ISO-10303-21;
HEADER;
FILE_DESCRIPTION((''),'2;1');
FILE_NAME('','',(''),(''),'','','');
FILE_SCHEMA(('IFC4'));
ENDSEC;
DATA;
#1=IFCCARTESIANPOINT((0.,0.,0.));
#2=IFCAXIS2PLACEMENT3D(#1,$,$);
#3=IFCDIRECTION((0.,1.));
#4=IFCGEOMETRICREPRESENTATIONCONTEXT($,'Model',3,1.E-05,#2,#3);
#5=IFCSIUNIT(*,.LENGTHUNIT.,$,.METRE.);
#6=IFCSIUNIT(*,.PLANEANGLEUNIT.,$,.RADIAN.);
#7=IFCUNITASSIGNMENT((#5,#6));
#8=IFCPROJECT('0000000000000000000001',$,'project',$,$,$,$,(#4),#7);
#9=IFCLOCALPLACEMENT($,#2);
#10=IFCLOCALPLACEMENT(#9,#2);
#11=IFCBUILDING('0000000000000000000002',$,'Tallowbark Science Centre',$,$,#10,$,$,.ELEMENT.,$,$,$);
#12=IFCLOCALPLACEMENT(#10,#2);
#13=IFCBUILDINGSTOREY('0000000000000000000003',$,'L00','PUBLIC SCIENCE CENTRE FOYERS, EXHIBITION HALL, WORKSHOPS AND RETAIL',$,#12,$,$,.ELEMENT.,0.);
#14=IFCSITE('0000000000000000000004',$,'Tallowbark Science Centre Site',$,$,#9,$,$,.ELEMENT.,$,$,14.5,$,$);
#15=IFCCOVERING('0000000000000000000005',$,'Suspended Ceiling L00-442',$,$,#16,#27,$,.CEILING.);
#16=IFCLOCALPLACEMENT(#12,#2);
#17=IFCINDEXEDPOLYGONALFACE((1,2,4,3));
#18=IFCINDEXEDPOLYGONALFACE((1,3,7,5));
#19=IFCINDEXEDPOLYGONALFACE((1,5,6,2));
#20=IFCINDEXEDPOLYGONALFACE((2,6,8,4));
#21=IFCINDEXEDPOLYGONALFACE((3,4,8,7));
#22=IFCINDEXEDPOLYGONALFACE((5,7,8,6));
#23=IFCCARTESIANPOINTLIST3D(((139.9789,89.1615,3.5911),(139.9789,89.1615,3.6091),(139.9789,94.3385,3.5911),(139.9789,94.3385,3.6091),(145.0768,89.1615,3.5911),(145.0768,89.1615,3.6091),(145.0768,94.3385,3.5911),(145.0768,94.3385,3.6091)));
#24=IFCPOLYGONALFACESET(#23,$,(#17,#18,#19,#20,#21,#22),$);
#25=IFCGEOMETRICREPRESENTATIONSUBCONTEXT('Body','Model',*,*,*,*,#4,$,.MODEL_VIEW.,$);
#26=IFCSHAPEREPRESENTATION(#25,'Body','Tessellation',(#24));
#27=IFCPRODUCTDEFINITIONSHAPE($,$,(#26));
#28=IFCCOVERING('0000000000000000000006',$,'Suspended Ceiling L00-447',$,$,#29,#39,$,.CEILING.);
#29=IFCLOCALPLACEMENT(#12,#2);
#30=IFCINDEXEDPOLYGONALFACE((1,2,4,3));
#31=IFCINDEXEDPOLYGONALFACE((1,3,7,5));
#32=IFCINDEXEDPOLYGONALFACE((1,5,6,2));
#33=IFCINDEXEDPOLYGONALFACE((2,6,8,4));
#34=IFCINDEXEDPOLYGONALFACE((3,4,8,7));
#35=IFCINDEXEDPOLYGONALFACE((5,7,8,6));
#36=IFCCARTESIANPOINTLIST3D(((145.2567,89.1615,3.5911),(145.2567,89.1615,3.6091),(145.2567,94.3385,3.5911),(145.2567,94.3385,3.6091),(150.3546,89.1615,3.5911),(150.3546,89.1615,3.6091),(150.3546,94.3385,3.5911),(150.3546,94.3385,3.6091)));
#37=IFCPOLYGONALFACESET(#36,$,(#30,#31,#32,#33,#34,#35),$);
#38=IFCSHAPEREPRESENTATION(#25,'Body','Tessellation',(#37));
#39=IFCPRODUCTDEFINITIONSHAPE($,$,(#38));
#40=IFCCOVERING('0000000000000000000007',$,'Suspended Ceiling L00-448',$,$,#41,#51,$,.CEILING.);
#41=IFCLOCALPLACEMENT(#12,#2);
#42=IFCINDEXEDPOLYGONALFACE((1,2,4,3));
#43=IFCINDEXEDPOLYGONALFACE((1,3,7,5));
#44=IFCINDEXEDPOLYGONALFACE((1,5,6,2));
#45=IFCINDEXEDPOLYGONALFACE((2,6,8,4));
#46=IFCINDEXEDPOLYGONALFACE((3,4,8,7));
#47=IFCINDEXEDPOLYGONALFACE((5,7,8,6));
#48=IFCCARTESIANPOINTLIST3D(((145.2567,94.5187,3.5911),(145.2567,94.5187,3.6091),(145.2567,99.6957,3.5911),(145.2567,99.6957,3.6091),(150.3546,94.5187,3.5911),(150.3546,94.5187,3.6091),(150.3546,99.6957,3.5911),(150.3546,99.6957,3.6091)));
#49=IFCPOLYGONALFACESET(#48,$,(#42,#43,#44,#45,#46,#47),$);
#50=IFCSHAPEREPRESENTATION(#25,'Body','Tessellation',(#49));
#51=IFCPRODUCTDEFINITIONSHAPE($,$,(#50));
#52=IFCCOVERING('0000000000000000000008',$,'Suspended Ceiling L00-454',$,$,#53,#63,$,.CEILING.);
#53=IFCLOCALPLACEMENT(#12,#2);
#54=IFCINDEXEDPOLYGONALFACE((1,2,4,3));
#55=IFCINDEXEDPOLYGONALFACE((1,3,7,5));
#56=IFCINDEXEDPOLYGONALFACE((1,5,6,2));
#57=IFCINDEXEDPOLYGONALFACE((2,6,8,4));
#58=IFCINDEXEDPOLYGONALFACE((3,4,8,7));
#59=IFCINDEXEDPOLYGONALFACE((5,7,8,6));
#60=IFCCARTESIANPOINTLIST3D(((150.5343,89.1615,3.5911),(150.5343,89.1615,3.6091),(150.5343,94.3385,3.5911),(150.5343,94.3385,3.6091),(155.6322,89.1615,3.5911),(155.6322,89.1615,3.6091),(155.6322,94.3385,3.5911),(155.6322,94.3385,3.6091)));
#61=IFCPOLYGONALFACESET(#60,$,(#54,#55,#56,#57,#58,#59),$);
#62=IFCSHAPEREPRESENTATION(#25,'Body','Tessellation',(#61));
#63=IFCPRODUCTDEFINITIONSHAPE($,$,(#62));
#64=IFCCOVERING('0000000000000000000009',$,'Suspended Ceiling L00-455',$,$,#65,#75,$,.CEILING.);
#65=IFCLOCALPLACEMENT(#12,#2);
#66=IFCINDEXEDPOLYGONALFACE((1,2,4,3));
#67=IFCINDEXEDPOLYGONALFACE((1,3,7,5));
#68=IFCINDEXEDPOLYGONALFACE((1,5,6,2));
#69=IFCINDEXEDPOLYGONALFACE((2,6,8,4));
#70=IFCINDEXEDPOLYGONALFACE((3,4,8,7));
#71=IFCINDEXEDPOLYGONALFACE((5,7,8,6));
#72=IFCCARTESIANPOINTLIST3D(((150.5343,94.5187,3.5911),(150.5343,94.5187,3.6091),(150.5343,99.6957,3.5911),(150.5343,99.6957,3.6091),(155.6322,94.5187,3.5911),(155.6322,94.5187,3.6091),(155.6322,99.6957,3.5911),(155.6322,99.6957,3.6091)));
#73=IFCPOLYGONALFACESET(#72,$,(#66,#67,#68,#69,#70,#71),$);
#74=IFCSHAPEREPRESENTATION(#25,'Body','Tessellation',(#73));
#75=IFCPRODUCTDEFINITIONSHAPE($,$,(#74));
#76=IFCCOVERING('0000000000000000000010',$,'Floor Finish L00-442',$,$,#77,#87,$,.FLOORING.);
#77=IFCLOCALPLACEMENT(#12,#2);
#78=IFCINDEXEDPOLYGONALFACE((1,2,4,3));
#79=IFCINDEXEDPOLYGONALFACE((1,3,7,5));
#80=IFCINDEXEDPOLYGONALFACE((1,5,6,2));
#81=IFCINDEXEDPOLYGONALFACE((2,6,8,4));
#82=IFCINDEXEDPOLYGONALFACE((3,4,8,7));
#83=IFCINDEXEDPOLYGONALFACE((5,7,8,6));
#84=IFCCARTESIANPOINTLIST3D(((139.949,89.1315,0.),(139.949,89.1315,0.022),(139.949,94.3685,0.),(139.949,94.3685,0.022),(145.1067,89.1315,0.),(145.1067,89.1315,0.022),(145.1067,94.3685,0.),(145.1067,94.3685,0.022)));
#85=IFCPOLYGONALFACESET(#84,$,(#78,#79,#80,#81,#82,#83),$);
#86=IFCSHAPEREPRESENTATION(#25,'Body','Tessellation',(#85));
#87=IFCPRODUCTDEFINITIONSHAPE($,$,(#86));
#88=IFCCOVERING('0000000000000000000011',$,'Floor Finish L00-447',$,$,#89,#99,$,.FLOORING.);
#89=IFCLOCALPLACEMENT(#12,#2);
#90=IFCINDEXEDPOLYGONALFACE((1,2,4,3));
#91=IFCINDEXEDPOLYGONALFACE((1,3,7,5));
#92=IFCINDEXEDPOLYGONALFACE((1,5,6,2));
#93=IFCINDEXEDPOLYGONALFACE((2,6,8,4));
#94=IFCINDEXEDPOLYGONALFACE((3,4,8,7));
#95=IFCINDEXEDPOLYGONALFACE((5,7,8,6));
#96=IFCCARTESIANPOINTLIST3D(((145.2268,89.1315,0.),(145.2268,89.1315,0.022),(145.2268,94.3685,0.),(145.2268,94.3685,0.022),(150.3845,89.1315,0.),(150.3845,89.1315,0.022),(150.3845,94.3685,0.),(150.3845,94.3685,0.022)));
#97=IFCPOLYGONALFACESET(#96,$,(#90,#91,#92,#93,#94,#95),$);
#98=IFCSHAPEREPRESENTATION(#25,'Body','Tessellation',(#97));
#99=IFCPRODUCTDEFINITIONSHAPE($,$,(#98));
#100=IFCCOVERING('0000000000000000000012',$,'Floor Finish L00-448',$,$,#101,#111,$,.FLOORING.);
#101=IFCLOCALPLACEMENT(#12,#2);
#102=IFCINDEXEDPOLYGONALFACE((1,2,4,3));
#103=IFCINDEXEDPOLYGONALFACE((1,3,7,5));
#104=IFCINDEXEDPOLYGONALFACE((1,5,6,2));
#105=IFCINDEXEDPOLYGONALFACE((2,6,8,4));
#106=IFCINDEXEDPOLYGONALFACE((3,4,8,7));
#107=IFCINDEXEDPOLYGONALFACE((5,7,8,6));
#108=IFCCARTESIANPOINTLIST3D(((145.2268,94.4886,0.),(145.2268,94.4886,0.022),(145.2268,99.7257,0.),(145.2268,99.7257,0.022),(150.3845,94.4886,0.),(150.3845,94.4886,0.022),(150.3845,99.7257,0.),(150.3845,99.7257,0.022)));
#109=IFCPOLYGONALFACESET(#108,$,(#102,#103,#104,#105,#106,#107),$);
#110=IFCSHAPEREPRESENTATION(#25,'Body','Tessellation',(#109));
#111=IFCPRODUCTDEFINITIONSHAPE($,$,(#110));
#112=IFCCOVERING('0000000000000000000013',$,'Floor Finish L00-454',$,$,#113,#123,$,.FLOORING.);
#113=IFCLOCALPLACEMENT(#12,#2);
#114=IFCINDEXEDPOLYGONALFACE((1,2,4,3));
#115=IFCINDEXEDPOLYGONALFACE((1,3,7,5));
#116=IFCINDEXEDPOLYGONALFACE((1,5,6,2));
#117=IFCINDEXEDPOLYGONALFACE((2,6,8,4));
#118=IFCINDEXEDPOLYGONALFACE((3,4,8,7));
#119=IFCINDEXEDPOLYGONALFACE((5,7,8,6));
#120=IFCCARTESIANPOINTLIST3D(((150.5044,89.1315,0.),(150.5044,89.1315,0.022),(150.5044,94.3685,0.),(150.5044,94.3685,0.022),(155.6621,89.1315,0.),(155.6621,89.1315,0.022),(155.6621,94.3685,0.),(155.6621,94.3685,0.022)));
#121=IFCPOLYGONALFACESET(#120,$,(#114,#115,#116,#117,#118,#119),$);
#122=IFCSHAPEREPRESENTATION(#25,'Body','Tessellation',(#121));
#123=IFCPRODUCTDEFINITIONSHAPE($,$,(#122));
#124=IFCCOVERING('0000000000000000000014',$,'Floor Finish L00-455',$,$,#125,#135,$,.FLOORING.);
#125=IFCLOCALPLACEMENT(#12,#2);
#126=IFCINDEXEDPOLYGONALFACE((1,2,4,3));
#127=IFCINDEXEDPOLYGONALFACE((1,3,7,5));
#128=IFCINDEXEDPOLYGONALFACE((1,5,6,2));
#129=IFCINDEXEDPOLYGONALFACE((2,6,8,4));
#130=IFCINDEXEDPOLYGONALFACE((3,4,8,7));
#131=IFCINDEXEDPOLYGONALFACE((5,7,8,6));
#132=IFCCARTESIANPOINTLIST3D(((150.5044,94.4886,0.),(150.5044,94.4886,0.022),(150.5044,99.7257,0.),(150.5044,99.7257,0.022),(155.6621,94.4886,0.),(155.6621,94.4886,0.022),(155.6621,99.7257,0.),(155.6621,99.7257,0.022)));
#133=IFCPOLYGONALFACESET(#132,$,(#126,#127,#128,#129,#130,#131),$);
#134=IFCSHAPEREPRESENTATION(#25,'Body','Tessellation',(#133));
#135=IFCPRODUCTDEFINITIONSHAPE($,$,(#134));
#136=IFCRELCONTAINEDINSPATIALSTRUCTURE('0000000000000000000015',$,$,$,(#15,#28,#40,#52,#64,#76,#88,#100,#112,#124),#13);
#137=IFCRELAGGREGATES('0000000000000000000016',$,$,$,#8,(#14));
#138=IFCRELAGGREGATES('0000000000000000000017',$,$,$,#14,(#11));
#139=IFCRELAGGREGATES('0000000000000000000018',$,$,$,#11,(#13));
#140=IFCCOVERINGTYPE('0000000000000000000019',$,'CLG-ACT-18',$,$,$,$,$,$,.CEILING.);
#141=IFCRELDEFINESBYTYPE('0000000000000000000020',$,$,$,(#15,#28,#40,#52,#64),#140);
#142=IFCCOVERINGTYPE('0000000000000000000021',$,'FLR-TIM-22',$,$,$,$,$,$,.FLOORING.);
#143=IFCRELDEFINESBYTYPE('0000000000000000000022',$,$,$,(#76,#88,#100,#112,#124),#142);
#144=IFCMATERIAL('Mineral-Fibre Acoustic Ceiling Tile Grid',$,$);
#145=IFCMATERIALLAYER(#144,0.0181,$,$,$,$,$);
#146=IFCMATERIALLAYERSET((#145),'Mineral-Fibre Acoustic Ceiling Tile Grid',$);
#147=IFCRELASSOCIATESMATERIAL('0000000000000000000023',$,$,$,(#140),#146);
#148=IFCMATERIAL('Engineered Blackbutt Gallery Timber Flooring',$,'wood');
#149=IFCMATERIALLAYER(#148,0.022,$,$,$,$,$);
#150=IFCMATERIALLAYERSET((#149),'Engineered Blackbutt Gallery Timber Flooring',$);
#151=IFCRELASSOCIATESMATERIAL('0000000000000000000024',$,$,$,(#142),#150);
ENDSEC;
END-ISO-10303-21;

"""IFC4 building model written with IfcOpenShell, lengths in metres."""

from ifc_helpers import new_model, si_unit, direction, frame, origin, origin_2d, place, context, subcontext, project, spatial, rectangle, extrude, material, layer, layer_set, type_object, element, save


model = new_model("IFC4")

# Units and contexts
model_context = context("Model", 3, precision=1e-05, world=origin(), true_north=direction((0.0, 1.0)))
body_context = subcontext(model_context, "Body", "Model", "MODEL_VIEW")
ifc_project = project(units=[si_unit("LENGTHUNIT", "METRE"), si_unit("PLANEANGLEUNIT", "RADIAN")], contexts=[model_context])

# Site, building, storey
site_placement = place(None, origin())
site = spatial("IfcSite", under=ifc_project, at=site_placement, Name="Tallowbark Science Centre Site", CompositionType="ELEMENT", RefElevation=14.5)
building_placement = place(site_placement, origin())
building = spatial("IfcBuilding", under=site, at=building_placement, Name="Tallowbark Science Centre", CompositionType="ELEMENT")
storey_placement = place(building_placement, origin())
storey = spatial("IfcBuildingStorey", under=building, at=storey_placement, Name="L00", Description="PUBLIC SCIENCE CENTRE FOYERS, EXHIBITION HALL, WORKSHOPS AND RETAIL", CompositionType="ELEMENT", Elevation=0.0)

# Coverings
ifc_material_1 = material(Name="Mineral-Fibre Acoustic Ceiling Tile Grid")
ifc_layer_1 = layer(ifc_material_1, 0.0181)
ifc_layer_set_1 = layer_set([ifc_layer_1], Name="Mineral-Fibre Acoustic Ceiling Tile Grid")
covering_type_1 = type_object("IfcCoveringType", Name="CLG-ACT-18", PredefinedType="CEILING", material=ifc_layer_set_1)
for number, where, z_axis, x_axis, name in (
    (1, (142.5278, 91.75, 3.5911), (0.0, 0.0, 1.0), (1.0, 0.0, 0.0), "Suspended Ceiling L00-442"),
    (2, (147.8057, 91.75, 3.5911), (0.0, 0.0, 1.0), (1.0, 0.0, 0.0), "Suspended Ceiling L00-447"),
    (3, (147.8057, 97.1072, 3.5911), (0.0, 0.0, 1.0), (1.0, 0.0, 0.0), "Suspended Ceiling L00-448"),
    (4, (153.0833, 91.75, 3.5911), (0.0, 0.0, 1.0), (1.0, 0.0, 0.0), "Suspended Ceiling L00-454"),
    (5, (153.0833, 97.1072, 3.5911), (0.0, 0.0, 1.0), (1.0, 0.0, 0.0), "Suspended Ceiling L00-455"),
):
    element("IfcCovering", number, at=place(storey_placement, frame(where, z_axis=z_axis, x_axis=x_axis)), inside=storey, type_object=covering_type_1, Name=name, PredefinedType="CEILING", context=body_context, shape_type="SweptSolid", body=[
        extrude(rectangle(XDim=5.0979, YDim=5.177, at=origin_2d()), origin(), (0.0, 0.0, 1.0), 0.0181),
    ])
ifc_material_2 = material(Name="Engineered Blackbutt Gallery Timber Flooring", Category="wood")
ifc_layer_2 = layer(ifc_material_2, 0.022)
ifc_layer_set_2 = layer_set([ifc_layer_2], Name="Engineered Blackbutt Gallery Timber Flooring")
covering_type_2 = type_object("IfcCoveringType", Name="FLR-TIM-22", PredefinedType="FLOORING", material=ifc_layer_set_2)
for number, where, z_axis, x_axis, name in (
    (6, (142.5278, 91.75, 0.0), (0.0, 0.0, 1.0), (1.0, 0.0, 0.0), "Floor Finish L00-442"),
    (7, (147.8057, 91.75, 0.0), (0.0, 0.0, 1.0), (1.0, 0.0, 0.0), "Floor Finish L00-447"),
    (8, (147.8057, 97.1072, 0.0), (0.0, 0.0, 1.0), (1.0, 0.0, 0.0), "Floor Finish L00-448"),
    (9, (153.0833, 91.75, 0.0), (0.0, 0.0, 1.0), (1.0, 0.0, 0.0), "Floor Finish L00-454"),
    (10, (153.0833, 97.1072, 0.0), (0.0, 0.0, 1.0), (1.0, 0.0, 0.0), "Floor Finish L00-455"),
):
    element("IfcCovering", number, at=place(storey_placement, frame(where, z_axis=z_axis, x_axis=x_axis)), inside=storey, type_object=covering_type_2, Name=name, PredefinedType="FLOORING", context=body_context, shape_type="SweptSolid", body=[
        extrude(rectangle(XDim=5.1577, YDim=5.2371, at=origin_2d()), origin(), (0.0, 0.0, 1.0), 0.022),
    ])

save(model, "model.ifc")
